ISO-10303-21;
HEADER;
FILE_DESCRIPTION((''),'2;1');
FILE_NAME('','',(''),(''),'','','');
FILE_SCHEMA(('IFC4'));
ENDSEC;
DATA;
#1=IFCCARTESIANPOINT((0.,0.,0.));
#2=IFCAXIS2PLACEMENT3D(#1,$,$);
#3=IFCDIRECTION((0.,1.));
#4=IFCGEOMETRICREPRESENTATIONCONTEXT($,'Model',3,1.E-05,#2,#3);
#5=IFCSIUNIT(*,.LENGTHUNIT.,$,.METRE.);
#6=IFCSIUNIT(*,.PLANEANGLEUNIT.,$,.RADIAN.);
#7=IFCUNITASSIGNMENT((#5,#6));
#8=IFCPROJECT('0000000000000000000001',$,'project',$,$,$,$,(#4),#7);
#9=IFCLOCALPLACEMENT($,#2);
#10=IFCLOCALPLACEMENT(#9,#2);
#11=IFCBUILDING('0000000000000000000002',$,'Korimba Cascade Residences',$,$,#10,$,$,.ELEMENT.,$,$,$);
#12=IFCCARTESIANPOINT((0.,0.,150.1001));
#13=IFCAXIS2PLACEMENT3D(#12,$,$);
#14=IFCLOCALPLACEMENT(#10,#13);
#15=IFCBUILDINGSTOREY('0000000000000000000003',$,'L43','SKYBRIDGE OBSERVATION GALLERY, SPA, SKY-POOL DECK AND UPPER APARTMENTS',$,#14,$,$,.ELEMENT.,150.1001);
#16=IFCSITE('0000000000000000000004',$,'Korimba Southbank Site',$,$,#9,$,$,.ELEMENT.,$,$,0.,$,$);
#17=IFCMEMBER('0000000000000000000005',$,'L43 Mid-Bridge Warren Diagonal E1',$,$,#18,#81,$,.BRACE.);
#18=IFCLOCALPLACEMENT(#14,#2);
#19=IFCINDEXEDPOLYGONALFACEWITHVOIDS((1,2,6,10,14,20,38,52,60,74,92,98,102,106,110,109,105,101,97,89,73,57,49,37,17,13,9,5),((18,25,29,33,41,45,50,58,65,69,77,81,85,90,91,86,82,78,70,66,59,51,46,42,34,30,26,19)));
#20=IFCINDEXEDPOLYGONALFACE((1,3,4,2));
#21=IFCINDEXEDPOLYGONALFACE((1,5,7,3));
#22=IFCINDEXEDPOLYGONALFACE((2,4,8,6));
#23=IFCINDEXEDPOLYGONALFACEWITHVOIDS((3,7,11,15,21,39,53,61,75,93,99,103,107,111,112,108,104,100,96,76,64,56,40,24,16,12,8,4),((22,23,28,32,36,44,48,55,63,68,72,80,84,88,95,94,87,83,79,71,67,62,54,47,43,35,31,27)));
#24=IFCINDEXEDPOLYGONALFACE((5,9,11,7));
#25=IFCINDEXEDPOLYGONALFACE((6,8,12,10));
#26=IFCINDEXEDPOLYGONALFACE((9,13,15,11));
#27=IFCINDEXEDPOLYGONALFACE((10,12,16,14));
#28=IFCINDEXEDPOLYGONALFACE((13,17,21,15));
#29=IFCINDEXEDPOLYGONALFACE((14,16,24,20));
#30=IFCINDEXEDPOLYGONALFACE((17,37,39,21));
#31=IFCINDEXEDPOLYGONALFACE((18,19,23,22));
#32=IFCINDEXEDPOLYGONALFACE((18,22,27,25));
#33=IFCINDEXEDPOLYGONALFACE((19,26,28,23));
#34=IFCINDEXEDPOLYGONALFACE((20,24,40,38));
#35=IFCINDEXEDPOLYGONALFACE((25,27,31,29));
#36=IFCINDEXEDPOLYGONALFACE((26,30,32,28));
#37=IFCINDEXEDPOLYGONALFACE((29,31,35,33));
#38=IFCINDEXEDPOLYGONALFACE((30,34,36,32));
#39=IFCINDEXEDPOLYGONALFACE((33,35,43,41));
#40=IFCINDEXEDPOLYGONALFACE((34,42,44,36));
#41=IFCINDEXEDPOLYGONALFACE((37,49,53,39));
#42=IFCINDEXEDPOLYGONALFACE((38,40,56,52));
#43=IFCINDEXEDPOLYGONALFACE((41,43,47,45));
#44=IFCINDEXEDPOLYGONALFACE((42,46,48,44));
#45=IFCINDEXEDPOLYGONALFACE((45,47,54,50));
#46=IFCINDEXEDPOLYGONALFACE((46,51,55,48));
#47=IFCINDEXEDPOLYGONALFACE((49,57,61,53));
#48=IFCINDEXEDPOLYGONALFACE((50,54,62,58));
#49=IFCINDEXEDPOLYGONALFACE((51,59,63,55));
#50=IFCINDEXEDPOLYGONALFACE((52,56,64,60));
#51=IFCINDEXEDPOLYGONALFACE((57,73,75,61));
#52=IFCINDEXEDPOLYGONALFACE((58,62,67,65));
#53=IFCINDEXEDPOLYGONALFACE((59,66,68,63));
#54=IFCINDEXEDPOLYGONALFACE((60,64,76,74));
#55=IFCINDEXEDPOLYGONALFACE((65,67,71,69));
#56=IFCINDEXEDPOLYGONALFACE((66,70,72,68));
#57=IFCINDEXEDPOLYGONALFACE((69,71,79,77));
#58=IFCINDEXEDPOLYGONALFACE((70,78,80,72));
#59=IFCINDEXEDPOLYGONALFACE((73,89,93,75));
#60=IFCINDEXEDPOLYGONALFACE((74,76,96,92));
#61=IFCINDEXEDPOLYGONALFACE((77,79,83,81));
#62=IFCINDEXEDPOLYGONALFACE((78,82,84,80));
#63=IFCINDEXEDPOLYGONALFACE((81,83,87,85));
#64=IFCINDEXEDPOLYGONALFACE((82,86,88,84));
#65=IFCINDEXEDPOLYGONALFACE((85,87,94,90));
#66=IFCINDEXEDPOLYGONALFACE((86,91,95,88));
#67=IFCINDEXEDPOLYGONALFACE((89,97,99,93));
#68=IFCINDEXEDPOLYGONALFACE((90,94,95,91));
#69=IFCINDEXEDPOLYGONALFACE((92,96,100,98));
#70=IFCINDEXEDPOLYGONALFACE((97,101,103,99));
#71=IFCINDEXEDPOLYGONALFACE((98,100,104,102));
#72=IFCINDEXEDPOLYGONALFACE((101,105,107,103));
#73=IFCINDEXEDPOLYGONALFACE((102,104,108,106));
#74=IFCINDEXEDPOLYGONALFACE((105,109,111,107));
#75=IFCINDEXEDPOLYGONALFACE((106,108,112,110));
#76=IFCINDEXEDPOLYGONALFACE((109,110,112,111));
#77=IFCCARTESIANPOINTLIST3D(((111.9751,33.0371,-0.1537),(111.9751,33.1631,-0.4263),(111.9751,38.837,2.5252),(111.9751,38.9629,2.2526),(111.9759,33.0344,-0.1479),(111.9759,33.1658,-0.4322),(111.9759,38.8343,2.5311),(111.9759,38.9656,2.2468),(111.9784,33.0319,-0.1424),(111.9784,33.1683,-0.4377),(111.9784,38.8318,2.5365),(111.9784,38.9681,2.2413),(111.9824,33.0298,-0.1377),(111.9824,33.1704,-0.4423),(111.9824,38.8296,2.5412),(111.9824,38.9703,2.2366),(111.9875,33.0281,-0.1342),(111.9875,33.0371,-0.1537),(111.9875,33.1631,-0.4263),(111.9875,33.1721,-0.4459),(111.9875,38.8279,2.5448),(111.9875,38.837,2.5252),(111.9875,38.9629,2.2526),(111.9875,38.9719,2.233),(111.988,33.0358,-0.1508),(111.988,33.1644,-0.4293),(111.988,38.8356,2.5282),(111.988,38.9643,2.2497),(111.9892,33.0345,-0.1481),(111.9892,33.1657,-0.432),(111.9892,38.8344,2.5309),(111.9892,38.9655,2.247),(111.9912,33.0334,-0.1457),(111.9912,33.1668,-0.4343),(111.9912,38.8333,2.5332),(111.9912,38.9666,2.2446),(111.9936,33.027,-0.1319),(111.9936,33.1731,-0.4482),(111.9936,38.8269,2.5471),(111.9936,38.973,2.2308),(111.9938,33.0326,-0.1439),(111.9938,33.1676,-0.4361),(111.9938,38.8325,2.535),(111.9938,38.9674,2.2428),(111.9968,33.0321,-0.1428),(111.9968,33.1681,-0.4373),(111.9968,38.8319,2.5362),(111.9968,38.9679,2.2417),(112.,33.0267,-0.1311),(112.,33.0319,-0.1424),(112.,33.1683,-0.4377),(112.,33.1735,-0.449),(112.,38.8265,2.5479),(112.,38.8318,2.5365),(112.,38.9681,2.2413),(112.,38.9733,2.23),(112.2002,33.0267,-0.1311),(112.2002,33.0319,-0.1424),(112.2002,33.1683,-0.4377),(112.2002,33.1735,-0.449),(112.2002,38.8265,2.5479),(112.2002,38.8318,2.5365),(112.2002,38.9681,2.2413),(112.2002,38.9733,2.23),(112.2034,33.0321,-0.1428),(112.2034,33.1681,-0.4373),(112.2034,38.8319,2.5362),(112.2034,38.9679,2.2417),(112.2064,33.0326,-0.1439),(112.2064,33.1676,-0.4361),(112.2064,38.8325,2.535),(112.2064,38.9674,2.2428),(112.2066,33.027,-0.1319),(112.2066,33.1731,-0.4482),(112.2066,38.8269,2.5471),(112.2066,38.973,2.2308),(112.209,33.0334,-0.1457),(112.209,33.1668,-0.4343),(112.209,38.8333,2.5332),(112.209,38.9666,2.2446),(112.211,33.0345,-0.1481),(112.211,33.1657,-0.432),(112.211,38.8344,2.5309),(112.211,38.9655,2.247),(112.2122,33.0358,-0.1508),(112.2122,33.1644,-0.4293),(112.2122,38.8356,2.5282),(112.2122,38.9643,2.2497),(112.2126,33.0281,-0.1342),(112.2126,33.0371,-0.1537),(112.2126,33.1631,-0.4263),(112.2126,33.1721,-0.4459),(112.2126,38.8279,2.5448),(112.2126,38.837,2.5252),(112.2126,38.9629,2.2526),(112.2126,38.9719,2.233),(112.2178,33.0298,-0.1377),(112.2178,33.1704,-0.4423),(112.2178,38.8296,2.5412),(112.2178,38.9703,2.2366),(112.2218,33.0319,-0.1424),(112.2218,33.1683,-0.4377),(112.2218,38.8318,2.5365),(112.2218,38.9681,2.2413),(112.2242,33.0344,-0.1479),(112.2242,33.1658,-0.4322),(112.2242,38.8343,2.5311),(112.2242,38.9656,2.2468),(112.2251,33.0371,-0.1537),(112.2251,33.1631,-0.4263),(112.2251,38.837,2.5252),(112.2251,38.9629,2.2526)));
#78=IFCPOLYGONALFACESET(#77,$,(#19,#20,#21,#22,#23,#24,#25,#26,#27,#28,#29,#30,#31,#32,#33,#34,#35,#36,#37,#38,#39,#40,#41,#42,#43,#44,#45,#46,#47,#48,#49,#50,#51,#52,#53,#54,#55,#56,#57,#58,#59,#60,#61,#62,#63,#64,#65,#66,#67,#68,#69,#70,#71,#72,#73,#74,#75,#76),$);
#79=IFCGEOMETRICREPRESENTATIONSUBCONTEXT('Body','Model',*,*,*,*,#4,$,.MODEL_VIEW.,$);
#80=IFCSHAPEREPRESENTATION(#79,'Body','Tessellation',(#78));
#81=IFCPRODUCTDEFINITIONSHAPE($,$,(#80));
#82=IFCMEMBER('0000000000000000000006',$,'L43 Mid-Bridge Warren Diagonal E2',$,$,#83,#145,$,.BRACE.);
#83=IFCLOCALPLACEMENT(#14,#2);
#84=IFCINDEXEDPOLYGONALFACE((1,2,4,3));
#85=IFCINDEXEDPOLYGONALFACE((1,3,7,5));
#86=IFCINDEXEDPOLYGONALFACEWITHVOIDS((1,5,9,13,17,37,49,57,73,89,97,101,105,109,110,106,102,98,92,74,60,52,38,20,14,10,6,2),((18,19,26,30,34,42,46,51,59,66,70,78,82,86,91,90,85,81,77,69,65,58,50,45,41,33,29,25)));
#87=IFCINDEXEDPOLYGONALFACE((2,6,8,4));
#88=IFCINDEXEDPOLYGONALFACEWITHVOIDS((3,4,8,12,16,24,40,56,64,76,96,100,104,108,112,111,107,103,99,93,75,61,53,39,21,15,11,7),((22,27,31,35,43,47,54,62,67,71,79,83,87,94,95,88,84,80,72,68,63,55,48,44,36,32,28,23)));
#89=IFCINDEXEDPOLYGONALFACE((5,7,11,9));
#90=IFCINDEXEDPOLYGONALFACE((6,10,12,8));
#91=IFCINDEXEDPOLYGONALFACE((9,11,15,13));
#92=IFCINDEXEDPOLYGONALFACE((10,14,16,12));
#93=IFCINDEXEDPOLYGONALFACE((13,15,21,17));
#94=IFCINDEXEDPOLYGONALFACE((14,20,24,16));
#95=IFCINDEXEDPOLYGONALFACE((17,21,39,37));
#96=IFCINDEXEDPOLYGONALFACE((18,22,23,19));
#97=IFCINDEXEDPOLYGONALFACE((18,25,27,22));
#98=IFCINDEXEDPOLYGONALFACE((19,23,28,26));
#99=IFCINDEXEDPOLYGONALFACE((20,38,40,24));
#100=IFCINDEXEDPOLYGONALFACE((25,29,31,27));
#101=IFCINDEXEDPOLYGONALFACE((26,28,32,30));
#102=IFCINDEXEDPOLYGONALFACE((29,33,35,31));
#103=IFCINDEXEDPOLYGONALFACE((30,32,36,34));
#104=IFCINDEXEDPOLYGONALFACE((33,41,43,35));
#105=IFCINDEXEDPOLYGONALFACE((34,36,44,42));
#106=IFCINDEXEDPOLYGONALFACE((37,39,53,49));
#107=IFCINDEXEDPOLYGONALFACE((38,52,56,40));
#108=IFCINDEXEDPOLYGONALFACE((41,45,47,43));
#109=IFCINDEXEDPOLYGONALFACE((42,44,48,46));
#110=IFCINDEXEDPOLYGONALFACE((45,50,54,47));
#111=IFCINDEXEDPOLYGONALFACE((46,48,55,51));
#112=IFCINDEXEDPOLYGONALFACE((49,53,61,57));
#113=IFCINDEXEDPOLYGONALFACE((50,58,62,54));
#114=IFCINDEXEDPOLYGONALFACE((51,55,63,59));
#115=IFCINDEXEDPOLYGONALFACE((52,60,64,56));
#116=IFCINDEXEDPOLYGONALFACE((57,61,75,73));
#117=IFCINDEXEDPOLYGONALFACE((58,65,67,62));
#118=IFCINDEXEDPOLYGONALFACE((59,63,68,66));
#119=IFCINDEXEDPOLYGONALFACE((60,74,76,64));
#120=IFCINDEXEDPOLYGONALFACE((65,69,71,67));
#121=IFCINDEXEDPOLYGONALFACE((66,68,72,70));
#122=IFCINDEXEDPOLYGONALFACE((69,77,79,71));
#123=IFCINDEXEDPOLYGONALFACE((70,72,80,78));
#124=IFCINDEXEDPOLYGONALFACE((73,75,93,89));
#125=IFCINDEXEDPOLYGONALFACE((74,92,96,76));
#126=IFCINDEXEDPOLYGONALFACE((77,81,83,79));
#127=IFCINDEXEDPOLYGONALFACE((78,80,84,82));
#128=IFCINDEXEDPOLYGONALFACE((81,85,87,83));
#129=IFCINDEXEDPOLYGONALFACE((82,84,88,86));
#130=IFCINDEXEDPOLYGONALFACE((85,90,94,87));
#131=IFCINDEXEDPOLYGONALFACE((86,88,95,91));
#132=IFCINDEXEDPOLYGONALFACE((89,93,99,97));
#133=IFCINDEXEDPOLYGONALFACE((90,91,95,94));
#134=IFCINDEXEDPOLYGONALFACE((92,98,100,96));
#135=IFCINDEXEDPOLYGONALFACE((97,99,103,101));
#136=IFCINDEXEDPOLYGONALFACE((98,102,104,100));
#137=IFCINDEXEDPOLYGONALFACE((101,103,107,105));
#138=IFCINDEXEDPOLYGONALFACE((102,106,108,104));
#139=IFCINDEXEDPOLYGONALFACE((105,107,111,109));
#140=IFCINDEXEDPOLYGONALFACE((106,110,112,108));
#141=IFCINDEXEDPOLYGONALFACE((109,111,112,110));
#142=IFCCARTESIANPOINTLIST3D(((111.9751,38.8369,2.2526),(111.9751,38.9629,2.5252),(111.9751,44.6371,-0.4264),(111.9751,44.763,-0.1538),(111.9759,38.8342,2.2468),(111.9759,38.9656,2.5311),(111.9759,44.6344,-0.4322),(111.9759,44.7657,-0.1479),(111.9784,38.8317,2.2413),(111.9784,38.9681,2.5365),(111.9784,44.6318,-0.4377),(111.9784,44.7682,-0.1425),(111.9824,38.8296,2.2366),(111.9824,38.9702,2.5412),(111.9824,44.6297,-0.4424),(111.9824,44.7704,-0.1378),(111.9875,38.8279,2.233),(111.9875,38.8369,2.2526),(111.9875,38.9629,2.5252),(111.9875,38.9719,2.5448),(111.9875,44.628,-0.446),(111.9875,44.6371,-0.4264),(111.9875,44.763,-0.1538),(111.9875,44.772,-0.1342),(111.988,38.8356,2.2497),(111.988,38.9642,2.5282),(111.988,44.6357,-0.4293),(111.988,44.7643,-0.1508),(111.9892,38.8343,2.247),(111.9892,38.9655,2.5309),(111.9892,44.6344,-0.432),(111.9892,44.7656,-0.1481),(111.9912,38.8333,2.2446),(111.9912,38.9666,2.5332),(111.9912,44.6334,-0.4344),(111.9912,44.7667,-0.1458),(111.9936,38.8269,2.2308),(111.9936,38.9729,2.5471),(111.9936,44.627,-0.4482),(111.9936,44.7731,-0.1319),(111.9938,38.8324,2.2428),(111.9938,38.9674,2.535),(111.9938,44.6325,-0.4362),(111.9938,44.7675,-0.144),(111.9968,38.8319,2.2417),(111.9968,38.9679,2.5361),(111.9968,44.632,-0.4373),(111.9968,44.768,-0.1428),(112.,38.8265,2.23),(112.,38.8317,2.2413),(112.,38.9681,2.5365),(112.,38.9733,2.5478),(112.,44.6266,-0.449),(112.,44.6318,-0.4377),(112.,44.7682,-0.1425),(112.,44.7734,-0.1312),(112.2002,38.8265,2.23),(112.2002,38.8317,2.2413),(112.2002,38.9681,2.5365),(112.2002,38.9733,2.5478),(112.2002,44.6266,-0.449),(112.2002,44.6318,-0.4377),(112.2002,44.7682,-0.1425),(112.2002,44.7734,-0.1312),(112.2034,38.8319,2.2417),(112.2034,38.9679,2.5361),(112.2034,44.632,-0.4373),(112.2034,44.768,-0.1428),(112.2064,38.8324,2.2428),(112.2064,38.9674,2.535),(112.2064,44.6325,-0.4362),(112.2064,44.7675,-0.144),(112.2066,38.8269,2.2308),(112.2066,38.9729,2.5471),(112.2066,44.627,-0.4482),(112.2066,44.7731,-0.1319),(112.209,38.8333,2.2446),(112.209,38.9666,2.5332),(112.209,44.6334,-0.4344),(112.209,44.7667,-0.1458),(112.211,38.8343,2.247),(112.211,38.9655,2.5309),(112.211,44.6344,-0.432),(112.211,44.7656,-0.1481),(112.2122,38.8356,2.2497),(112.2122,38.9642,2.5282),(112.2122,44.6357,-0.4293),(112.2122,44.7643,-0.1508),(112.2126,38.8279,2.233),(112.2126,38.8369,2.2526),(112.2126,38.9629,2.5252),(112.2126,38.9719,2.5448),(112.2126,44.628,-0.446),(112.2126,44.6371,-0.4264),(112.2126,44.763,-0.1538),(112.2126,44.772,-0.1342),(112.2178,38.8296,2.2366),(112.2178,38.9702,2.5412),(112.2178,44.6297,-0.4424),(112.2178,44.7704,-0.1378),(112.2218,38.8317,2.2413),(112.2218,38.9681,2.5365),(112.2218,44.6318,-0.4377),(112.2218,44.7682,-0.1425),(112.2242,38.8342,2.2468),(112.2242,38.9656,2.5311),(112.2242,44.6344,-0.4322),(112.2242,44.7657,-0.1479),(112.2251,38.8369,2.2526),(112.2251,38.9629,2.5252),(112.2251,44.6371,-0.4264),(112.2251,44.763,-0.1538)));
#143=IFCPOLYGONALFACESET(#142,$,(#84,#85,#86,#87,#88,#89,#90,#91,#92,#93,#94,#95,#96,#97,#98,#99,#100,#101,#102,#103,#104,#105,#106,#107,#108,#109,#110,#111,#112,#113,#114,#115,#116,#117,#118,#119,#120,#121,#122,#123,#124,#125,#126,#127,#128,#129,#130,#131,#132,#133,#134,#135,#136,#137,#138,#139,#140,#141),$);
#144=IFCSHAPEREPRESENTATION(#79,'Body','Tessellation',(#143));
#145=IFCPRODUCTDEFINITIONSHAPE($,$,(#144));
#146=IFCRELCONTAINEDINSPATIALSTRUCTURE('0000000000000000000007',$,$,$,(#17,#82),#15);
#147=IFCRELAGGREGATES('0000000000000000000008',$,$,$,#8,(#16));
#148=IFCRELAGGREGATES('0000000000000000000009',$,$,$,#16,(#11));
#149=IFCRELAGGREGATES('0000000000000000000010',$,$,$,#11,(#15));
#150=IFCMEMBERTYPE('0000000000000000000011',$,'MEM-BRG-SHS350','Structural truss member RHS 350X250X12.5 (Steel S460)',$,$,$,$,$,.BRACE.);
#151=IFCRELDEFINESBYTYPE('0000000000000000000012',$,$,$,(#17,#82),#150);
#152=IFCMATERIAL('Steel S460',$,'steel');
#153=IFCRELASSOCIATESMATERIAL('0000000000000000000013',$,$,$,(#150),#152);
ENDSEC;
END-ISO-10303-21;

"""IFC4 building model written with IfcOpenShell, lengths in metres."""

from ifc_helpers import new_model, si_unit, direction, frame, origin, origin_2d, place, context, subcontext, project, spatial, hollow_rectangle, extrude, material, material_profile, profile_set, type_object, element, save


model = new_model("IFC4")

# Units and contexts
model_context = context("Model", 3, precision=1e-05, world=origin(), true_north=direction((0.0, 1.0)))
body_context = subcontext(model_context, "Body", "Model", "MODEL_VIEW")
ifc_project = project(units=[si_unit("LENGTHUNIT", "METRE"), si_unit("PLANEANGLEUNIT", "RADIAN")], contexts=[model_context])

# Site, building, storey
site_placement = place(None, origin())
site = spatial("IfcSite", under=ifc_project, at=site_placement, Name="Korimba Southbank Site", CompositionType="ELEMENT", RefElevation=0.0)
building_placement = place(site_placement, origin())
building = spatial("IfcBuilding", under=site, at=building_placement, Name="Korimba Cascade Residences", CompositionType="ELEMENT")
storey_placement = place(building_placement, frame((0.0, 0.0, 150.1001)))
storey = spatial("IfcBuildingStorey", under=building, at=storey_placement, Name="L43", Description="SKYBRIDGE OBSERVATION GALLERY, SPA, SKY-POOL DECK AND UPPER APARTMENTS", CompositionType="ELEMENT", Elevation=150.1001)

# Members
ifc_material_1 = material(Name="Steel S460", Category="steel")
ifc_material_profile_1 = material_profile(ifc_material_1, hollow_rectangle(XDim=0.25, YDim=0.3501, WallThickness=0.0125, InnerFilletRadius=0.0125, OuterFilletRadius=0.0249, at=origin_2d()), Name="Steel S460")
ifc_profile_set_1 = profile_set([ifc_material_profile_1], Name="Steel S460")
member_type_1 = type_object("IfcMemberType", Name="MEM-BRG-SHS350", Description="Structural truss member RHS 350X250X12.5 (Steel S460)", PredefinedType="BRACE", material=ifc_profile_set_1)
member_1_placement = place(storey_placement, frame((112.1001, 33.1001, -0.29), z_axis=(0.0, 0.907833, 0.419332), x_axis=(-1.0, 0.0, 0.0)))
element("IfcMember", 1, at=member_1_placement, inside=storey, type_object=member_type_1, Name="L43 Mid-Bridge Warren Diagonal E1", PredefinedType="BRACE", context=body_context, shape_type="SweptSolid", body=[
    extrude(hollow_rectangle(XDim=0.25, YDim=0.3501, WallThickness=0.0125, InnerFilletRadius=0.0125, OuterFilletRadius=0.0249, at=origin_2d()), origin(), (0.0, 0.0, 1.0), 6.3887),
])
member_2_placement = place(storey_placement, frame((112.1001, 38.8999, 2.3889), z_axis=(0.0, 0.90784, -0.419317), x_axis=(-1.0, 0.0, 0.0)))
element("IfcMember", 2, at=member_2_placement, inside=storey, type_object=member_type_1, Name="L43 Mid-Bridge Warren Diagonal E2", PredefinedType="BRACE", context=body_context, shape_type="SweptSolid", body=[
    extrude(hollow_rectangle(XDim=0.25, YDim=0.3501, WallThickness=0.0125, InnerFilletRadius=0.0125, OuterFilletRadius=0.0249, at=origin_2d()), origin(), (0.0, 0.0, 1.0), 6.3889),
])

save(model, "model.ifc")
